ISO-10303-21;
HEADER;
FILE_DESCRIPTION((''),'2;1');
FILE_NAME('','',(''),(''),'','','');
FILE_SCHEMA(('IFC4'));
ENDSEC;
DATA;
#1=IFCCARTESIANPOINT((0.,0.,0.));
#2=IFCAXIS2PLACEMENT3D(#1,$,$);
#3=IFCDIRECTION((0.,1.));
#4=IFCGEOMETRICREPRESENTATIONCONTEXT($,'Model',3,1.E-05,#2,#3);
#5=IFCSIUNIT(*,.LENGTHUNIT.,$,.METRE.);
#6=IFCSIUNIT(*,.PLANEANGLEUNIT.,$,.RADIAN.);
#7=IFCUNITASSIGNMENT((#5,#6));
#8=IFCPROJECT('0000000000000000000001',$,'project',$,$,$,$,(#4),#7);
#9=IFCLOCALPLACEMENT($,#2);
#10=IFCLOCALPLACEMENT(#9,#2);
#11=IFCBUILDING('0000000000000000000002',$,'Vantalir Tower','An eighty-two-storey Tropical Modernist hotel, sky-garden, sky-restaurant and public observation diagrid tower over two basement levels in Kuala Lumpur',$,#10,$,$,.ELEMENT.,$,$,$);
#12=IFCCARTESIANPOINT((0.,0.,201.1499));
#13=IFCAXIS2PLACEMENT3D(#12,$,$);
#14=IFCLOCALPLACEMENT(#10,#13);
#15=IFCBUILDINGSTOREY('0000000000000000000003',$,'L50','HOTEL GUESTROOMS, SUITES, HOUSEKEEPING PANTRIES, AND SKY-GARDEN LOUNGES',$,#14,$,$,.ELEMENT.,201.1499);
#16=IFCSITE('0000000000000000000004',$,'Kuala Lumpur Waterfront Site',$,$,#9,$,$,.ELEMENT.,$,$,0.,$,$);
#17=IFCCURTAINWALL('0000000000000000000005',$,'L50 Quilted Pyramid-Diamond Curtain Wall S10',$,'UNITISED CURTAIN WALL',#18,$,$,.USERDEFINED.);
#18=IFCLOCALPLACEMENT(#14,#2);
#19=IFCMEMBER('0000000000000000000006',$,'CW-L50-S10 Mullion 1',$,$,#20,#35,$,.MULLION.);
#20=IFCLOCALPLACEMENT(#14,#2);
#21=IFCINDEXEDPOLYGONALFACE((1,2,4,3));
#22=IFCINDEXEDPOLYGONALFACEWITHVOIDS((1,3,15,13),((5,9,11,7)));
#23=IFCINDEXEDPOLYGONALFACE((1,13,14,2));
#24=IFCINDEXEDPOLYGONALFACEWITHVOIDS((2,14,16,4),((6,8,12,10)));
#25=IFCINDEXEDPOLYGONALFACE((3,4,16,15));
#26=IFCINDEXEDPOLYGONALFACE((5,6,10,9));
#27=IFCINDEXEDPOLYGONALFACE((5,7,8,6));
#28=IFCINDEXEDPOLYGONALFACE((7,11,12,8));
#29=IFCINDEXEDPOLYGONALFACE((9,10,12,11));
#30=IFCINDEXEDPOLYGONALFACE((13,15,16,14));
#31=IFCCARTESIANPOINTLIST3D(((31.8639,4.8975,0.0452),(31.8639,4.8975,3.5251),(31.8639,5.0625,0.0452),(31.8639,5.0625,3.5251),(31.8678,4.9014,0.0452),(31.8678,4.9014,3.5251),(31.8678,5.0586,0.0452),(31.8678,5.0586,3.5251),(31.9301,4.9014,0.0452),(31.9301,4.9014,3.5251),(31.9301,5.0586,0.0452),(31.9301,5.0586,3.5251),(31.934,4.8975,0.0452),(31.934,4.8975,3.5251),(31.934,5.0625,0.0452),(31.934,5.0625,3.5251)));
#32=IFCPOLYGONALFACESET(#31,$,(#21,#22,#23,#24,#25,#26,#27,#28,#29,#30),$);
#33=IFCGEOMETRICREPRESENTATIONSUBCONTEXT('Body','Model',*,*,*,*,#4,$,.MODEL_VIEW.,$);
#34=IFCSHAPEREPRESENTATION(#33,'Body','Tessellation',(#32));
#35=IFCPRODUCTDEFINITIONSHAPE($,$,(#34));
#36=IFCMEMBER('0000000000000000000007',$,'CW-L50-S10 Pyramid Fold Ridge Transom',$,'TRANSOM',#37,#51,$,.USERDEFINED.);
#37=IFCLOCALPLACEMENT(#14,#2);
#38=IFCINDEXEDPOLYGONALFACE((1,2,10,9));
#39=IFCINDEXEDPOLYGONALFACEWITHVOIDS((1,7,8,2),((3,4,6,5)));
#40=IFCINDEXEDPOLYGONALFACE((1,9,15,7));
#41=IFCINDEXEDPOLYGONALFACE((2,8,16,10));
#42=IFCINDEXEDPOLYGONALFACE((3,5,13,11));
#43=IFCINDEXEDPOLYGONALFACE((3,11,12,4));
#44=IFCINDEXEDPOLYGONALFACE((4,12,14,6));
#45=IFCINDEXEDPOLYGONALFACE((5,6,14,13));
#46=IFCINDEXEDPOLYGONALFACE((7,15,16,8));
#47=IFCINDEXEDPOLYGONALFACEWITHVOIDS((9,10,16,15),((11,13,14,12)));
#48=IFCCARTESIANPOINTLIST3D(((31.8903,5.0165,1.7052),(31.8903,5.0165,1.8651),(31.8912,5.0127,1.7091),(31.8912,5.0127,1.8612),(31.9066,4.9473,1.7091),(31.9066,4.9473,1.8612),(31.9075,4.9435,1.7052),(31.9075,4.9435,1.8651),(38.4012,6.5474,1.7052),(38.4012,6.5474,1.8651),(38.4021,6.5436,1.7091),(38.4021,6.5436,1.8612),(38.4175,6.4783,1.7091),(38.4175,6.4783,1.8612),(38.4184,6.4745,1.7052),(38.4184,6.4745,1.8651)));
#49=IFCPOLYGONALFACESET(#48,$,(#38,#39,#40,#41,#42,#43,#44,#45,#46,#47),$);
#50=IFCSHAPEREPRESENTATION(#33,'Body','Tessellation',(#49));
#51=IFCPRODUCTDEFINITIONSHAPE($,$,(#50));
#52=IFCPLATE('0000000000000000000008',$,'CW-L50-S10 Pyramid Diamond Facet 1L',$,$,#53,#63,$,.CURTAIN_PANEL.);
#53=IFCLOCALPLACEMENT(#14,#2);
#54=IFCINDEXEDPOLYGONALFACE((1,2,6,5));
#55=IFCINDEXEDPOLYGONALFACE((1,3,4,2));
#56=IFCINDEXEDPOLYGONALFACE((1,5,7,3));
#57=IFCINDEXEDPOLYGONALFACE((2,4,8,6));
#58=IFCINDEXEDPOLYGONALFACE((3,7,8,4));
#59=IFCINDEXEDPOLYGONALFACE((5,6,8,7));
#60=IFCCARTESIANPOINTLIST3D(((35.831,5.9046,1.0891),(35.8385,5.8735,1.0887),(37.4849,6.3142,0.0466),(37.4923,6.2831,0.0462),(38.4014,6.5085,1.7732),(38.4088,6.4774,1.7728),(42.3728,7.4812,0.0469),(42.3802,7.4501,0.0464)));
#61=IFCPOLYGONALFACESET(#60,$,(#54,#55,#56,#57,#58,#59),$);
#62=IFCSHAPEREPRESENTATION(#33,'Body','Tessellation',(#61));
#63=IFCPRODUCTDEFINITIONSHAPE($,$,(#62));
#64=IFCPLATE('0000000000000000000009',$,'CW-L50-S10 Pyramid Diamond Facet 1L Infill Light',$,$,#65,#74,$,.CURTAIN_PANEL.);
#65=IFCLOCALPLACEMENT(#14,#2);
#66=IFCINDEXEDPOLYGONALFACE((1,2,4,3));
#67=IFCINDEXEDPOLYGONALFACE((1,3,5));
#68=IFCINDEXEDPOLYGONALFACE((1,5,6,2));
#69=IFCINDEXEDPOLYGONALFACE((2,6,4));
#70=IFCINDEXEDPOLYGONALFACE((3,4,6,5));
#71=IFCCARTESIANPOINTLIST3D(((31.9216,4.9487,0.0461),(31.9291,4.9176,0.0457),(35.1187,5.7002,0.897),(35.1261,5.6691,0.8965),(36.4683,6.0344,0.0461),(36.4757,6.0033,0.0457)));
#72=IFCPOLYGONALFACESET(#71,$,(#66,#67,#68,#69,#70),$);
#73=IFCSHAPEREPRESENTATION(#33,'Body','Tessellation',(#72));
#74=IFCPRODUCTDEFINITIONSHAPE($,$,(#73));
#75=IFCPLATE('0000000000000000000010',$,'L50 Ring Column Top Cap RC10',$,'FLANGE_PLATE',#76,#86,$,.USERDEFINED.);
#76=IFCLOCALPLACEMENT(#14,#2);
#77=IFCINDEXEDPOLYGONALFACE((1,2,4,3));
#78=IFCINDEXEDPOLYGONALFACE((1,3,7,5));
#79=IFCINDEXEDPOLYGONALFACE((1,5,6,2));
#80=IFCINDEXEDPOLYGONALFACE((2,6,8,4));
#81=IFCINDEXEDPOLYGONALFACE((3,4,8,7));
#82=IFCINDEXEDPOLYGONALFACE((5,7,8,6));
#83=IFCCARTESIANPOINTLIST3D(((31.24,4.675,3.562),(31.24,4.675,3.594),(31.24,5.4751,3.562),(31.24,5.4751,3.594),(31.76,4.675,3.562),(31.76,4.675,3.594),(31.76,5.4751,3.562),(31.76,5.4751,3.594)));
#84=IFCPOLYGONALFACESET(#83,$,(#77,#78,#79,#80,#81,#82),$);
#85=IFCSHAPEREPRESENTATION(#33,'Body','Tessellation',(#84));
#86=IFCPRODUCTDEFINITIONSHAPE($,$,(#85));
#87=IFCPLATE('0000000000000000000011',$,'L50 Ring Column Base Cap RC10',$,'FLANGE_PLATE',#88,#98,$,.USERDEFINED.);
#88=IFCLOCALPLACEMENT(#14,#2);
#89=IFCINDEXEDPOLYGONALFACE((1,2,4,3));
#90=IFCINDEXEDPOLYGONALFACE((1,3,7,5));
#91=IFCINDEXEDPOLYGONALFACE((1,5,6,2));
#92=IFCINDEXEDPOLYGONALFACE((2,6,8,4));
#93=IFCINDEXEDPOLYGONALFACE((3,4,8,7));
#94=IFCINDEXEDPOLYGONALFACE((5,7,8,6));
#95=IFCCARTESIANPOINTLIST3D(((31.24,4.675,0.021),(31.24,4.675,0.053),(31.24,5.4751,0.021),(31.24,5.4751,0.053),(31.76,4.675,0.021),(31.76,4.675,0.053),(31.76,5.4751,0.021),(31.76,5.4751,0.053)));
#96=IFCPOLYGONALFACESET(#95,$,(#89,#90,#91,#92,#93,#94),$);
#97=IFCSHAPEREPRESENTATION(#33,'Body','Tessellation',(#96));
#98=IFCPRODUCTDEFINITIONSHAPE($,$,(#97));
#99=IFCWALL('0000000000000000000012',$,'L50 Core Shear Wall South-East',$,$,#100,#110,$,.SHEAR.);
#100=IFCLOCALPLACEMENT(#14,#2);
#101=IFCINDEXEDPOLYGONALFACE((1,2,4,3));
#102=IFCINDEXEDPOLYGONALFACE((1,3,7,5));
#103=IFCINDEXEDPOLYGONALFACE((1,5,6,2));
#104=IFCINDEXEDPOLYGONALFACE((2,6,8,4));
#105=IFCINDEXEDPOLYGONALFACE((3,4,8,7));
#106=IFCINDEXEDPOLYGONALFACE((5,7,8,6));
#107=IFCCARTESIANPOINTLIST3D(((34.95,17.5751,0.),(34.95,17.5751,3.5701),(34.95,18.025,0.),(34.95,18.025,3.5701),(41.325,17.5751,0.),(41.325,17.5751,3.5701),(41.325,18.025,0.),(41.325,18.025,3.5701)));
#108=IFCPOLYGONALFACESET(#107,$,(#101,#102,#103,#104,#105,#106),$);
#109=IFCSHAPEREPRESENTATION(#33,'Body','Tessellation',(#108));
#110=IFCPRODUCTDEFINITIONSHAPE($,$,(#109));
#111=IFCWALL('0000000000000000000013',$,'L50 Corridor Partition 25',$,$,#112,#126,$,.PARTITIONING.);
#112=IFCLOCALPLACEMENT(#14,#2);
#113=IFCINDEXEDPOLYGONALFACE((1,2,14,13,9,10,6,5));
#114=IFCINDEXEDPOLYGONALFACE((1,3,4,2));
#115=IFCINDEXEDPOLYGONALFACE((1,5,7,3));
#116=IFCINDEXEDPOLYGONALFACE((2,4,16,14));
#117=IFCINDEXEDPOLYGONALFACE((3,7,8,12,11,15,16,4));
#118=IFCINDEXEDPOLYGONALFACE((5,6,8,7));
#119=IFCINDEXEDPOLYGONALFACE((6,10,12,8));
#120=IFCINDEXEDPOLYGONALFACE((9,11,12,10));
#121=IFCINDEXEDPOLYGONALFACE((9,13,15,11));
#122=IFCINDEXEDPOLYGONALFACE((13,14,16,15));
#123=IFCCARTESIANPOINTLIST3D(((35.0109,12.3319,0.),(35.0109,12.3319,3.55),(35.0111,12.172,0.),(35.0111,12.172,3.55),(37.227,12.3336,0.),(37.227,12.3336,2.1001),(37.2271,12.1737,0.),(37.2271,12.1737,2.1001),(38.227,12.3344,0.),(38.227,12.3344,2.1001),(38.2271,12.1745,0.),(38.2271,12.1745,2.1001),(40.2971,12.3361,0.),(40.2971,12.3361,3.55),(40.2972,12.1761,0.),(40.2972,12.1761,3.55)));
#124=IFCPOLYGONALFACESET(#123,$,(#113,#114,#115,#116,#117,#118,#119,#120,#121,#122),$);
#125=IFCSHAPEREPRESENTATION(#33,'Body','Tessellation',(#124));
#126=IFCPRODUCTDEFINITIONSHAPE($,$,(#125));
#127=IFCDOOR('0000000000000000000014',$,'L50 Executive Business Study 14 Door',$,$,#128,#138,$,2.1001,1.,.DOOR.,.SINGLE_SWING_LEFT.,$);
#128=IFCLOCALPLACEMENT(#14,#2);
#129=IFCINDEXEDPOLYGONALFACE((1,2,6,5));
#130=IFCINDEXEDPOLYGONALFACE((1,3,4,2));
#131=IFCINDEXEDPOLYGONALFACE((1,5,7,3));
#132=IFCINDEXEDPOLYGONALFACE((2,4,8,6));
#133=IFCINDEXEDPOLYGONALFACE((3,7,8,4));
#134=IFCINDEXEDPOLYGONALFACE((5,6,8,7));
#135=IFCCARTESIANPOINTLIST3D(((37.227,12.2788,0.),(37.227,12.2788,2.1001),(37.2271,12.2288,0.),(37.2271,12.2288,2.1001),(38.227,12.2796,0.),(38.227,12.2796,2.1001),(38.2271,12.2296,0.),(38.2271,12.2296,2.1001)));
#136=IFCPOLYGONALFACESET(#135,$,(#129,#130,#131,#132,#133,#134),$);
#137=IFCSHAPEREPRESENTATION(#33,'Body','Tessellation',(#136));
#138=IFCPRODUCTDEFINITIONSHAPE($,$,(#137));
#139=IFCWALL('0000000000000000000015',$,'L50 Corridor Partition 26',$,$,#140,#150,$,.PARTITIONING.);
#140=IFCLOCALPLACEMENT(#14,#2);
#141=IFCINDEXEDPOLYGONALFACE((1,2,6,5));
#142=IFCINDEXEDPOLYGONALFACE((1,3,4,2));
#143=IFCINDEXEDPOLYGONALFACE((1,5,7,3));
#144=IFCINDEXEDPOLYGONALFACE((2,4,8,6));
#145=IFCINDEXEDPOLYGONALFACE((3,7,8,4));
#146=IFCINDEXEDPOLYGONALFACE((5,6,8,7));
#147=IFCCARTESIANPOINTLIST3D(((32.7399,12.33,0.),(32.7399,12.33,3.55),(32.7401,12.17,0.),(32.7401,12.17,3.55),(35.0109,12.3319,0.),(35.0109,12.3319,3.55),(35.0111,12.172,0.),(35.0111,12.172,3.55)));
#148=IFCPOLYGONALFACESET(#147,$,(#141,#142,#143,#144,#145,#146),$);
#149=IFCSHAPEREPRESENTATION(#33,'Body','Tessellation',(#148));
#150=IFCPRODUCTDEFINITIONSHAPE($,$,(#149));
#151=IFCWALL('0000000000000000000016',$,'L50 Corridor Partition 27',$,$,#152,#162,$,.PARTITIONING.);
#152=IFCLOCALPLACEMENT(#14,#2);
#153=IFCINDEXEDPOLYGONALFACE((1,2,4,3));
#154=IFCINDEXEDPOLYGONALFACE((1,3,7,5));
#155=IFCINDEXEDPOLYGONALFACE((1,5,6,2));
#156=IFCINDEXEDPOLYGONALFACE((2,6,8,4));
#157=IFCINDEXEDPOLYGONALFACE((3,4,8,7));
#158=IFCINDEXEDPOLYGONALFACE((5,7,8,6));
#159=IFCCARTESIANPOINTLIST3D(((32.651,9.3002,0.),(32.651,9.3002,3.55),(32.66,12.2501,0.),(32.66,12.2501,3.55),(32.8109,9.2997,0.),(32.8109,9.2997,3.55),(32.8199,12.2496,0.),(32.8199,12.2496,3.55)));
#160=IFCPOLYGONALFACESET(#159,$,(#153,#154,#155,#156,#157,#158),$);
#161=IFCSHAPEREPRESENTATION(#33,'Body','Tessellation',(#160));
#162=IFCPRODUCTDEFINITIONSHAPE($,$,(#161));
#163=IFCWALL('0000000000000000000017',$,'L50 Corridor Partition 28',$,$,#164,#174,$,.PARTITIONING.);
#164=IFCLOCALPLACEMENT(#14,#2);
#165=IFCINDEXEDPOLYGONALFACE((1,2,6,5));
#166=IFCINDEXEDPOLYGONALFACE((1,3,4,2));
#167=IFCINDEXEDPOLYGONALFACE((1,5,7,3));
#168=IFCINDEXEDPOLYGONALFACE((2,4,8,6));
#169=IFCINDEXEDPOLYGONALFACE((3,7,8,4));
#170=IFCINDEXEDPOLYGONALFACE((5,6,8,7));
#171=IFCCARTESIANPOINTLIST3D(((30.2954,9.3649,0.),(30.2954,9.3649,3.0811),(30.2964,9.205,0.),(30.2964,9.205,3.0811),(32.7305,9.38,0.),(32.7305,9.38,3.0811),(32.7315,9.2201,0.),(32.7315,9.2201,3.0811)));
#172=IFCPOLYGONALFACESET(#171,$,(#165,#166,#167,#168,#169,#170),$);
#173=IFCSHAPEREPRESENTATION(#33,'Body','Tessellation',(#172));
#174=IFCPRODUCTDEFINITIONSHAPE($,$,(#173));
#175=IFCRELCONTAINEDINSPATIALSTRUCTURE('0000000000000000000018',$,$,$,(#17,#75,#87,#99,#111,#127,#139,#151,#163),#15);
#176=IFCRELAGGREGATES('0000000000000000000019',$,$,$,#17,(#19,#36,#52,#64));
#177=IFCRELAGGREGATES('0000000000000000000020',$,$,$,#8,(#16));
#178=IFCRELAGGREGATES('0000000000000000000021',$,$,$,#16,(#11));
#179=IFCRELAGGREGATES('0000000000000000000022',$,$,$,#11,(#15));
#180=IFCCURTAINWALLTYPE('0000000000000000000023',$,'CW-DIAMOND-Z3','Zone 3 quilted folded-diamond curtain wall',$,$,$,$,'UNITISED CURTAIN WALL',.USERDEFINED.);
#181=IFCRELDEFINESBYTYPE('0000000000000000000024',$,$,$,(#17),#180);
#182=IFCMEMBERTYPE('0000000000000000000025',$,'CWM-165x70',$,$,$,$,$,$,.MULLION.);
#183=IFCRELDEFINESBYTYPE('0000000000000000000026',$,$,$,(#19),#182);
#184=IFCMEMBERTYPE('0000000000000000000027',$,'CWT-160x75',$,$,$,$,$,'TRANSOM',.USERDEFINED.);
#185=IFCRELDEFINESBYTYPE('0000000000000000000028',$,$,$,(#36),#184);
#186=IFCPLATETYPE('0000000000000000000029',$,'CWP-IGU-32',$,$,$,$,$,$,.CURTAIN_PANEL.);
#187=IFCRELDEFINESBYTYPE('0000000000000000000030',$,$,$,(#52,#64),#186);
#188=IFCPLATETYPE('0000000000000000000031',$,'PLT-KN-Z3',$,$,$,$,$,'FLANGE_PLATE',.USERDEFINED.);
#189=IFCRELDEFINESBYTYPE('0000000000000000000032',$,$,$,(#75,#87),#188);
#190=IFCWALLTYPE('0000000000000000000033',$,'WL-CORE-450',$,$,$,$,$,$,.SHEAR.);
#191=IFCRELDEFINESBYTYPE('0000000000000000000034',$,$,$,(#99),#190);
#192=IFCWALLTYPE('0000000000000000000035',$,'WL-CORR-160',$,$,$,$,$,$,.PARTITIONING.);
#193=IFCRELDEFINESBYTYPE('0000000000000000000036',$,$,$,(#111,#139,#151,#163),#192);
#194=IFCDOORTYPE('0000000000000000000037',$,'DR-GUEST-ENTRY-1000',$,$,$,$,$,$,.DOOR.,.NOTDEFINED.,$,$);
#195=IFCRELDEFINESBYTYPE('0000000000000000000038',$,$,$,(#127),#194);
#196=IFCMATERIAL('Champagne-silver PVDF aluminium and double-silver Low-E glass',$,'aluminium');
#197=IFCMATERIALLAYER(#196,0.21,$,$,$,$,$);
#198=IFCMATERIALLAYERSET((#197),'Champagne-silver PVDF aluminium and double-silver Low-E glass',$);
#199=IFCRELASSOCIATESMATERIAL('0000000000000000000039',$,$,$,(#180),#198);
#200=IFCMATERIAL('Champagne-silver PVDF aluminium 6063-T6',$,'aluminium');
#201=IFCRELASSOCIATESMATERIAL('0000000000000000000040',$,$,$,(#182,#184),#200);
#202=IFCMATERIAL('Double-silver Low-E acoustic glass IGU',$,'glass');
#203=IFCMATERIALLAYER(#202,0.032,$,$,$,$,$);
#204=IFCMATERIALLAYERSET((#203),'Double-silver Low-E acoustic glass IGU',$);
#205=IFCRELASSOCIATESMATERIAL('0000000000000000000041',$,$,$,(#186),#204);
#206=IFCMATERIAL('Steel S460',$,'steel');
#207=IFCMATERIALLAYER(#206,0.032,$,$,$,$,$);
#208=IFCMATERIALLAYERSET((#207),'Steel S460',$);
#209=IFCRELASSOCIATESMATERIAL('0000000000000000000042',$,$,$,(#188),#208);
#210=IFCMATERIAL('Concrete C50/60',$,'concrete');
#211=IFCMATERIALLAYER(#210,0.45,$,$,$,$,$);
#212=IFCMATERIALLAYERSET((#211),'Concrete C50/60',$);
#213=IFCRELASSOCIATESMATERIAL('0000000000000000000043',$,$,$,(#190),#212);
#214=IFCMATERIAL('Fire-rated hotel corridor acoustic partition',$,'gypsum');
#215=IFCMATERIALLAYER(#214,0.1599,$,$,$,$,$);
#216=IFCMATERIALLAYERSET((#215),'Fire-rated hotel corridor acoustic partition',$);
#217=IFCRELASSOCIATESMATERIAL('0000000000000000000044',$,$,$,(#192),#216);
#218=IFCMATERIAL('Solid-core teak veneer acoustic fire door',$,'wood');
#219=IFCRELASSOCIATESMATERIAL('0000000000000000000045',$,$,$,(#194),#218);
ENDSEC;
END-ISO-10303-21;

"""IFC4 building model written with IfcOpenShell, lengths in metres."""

from ifc_helpers import new_model, si_unit, direction, frame, frame_2d, origin, origin_2d, place, context, subcontext, project, spatial, polyline, rectangle, hollow_rectangle, outline, extrude, material, layer, layer_set, material_profile, profile_set, type_object, element, fill, aggregate, save


model = new_model("IFC4")

# Units and contexts
model_context = context("Model", 3, precision=1e-05, world=origin(), true_north=direction((0.0, 1.0)))
body_context = subcontext(model_context, "Body", "Model", "MODEL_VIEW")
ifc_project = project(units=[si_unit("LENGTHUNIT", "METRE"), si_unit("PLANEANGLEUNIT", "RADIAN")], contexts=[model_context])

# Site, building, storey
site_placement = place(None, origin())
site = spatial("IfcSite", under=ifc_project, at=site_placement, Name="Kuala Lumpur Waterfront Site", CompositionType="ELEMENT", RefElevation=0.0)
building_placement = place(site_placement, origin())
building = spatial("IfcBuilding", under=site, at=building_placement, Name="Vantalir Tower", Description="An eighty-two-storey Tropical Modernist hotel, sky-garden, sky-restaurant and public observation diagrid tower over two basement levels in Kuala Lumpur", CompositionType="ELEMENT")
storey_placement = place(building_placement, frame((0.0, 0.0, 201.1499)))
storey = spatial("IfcBuildingStorey", under=building, at=storey_placement, Name="L50", Description="HOTEL GUESTROOMS, SUITES, HOUSEKEEPING PANTRIES, AND SKY-GARDEN LOUNGES", CompositionType="ELEMENT", Elevation=201.1499)

# Shared definitions
ifc_material_1 = material(Name="Concrete C50/60", Category="concrete")
ifc_material_2 = material(Name="Steel S460", Category="steel")

# Shared definitions
ifc_material_3 = material(Name="Champagne-silver PVDF aluminium and double-silver Low-E glass", Category="aluminium")
ifc_layer_1 = layer(ifc_material_3, 0.21)
ifc_layer_set_1 = layer_set([ifc_layer_1], Name="Champagne-silver PVDF aluminium and double-silver Low-E glass")
curtain_wall_type = type_object("IfcCurtainWallType", Name="CW-DIAMOND-Z3", Description="Zone 3 quilted folded-diamond curtain wall", ElementType="UNITISED CURTAIN WALL", PredefinedType="USERDEFINED", material=ifc_layer_set_1)
ifc_material_4 = material(Name="Champagne-silver PVDF aluminium 6063-T6", Category="aluminium")
ifc_material_profile_1 = material_profile(ifc_material_4, hollow_rectangle(XDim=0.0701, YDim=0.165, WallThickness=0.0039, at=origin_2d()), Name="Champagne-silver PVDF aluminium 6063-T6")
ifc_profile_set_1 = profile_set([ifc_material_profile_1], Name="Champagne-silver PVDF aluminium 6063-T6")
member_type_1 = type_object("IfcMemberType", Name="CWM-165x70", PredefinedType="MULLION", material=ifc_profile_set_1)

# Curtain wall, members, plates
curtain_wall_1_placement = place(storey_placement, origin())
curtain_wall_1 = element("IfcCurtainWall", 1, at=curtain_wall_1_placement, inside=storey, type_object=curtain_wall_type, Name="L50 Quilted Pyramid-Diamond Curtain Wall S10", ObjectType="UNITISED CURTAIN WALL", PredefinedType="USERDEFINED")
member_1_placement = place(storey_placement, frame((31.8989, 4.98, 0.0452), z_axis=(0.0, 0.0, 1.0), x_axis=(1.0, 0.0, 0.0)))
member_1 = element("IfcMember", 2, at=member_1_placement, type_object=member_type_1, Name="CW-L50-S10 Mullion 1", PredefinedType="MULLION", context=body_context, shape_type="SweptSolid", body=[
    extrude(hollow_rectangle(XDim=0.0701, YDim=0.165, WallThickness=0.0039, at=origin_2d()), origin(), (0.0, 0.0, 1.0), 3.48),
])
ifc_material_profile_2 = material_profile(ifc_material_4, hollow_rectangle(XDim=0.075, YDim=0.1599, WallThickness=0.0039, at=origin_2d()), Name="Champagne-silver PVDF aluminium 6063-T6")
ifc_profile_set_2 = profile_set([ifc_material_profile_2], Name="Champagne-silver PVDF aluminium 6063-T6")
member_type_2 = type_object("IfcMemberType", Name="CWT-160x75", ElementType="TRANSOM", PredefinedType="USERDEFINED", material=ifc_profile_set_2)
member_2_placement = place(storey_placement, frame((31.8989, 4.98, 1.7852), z_axis=(0.97345, 0.228899, 0.0), x_axis=(-0.228899, 0.97345, 0.0)))
member_2 = element("IfcMember", 3, at=member_2_placement, type_object=member_type_2, Name="CW-L50-S10 Pyramid Fold Ridge Transom", ObjectType="TRANSOM", PredefinedType="USERDEFINED", context=body_context, shape_type="SweptSolid", body=[
    extrude(hollow_rectangle(XDim=0.075, YDim=0.1599, WallThickness=0.0039, at=origin_2d()), origin(), (0.0, 0.0, 1.0), 6.6885),
])
ifc_material_5 = material(Name="Double-silver Low-E acoustic glass IGU", Category="glass")
ifc_layer_2 = layer(ifc_material_5, 0.032)
ifc_layer_set_2 = layer_set([ifc_layer_2], Name="Double-silver Low-E acoustic glass IGU")
plate_type_1 = type_object("IfcPlateType", Name="CWP-IGU-32", PredefinedType="CURTAIN_PANEL", material=ifc_layer_set_2)
plate_1_placement = place(storey_placement, frame((37.4849, 6.3142, 0.0466), z_axis=(-0.232206, 0.972569, 0.013792), x_axis=(0.972661, 0.232228, 0.000049)))
plate_1 = element("IfcPlate", 4, at=plate_1_placement, type_object=plate_type_1, Name="CW-L50-S10 Pyramid Diamond Facet 1L", PredefinedType="CURTAIN_PANEL", context=body_context, shape_type="SweptSolid", body=[
    extrude(outline(polyline([(0.0, 0.0), (5.0253, 0.0), (0.9367, -1.7267), (-1.7037, -1.0427), (0.0, 0.0)])), origin(), (0.0, 0.0, -1.0), 0.032),
])
plate_2_placement = place(storey_placement, frame((31.9216, 4.9487, 0.0461), z_axis=(-0.232239, 0.972563, 0.013665), x_axis=(0.972654, 0.232261, 0.0)))
plate_2 = element("IfcPlate", 5, at=plate_2_placement, type_object=plate_type_1, Name="CW-L50-S10 Pyramid Diamond Facet 1L Infill Light", PredefinedType="CURTAIN_PANEL", context=body_context, shape_type="SweptSolid", body=[
    extrude(outline(polyline([(0.0, 0.0), (4.6745, 0.0), (3.2841, -0.8509), (0.0, 0.0)])), origin(), (0.0, 0.0, -1.0), 0.032),
])
aggregate(curtain_wall_1, [member_1, member_2, plate_1, plate_2])

# Plates
ifc_layer_3 = layer(ifc_material_2, 0.032)
ifc_layer_set_3 = layer_set([ifc_layer_3], Name="Steel S460")
plate_type_2 = type_object("IfcPlateType", Name="PLT-KN-Z3", ElementType="FLANGE_PLATE", PredefinedType="USERDEFINED", material=ifc_layer_set_3)
for number, where, z_axis, x_axis, name in (
    (6, (31.24, 5.4751, 3.594), (0.0, 0.0, 1.0), (0.0, -1.0, 0.0), "L50 Ring Column Top Cap RC10"),
    (7, (31.24, 5.4751, 0.053), (0.0, 0.0, 1.0), (0.0, -1.0, 0.0), "L50 Ring Column Base Cap RC10"),
):
    element("IfcPlate", number, at=place(storey_placement, frame(where, z_axis=z_axis, x_axis=x_axis)), inside=storey, type_object=plate_type_2, Name=name, ObjectType="FLANGE_PLATE", PredefinedType="USERDEFINED", context=body_context, shape_type="SweptSolid", body=[
        extrude(outline(polyline([(0.0, 0.0), (0.8, 0.0), (0.8, 0.52), (0.0, 0.52), (0.0, 0.0)])), origin(), (0.0, 0.0, -1.0), 0.032),
    ])

# Wall
ifc_layer_4 = layer(ifc_material_1, 0.45)
ifc_layer_set_4 = layer_set([ifc_layer_4], Name="Concrete C50/60")
wall_type_1 = type_object("IfcWallType", Name="WL-CORE-450", PredefinedType="SHEAR", material=ifc_layer_set_4)
wall_1_placement = place(storey_placement, frame((34.95, 17.8, 0.0), z_axis=(0.0, 0.0, 1.0), x_axis=(1.0, 0.0, 0.0)))
element("IfcWall", 8, at=wall_1_placement, inside=storey, type_object=wall_type_1, Name="L50 Core Shear Wall South-East", PredefinedType="SHEAR", context=body_context, shape_type="SweptSolid", body=[
    extrude(rectangle(XDim=6.375, YDim=0.45, at=frame_2d((3.1875, 0.0))), origin(), (0.0, 0.0, 1.0), 3.5701),
])

# Wall, opening, door
ifc_material_6 = material(Name="Fire-rated hotel corridor acoustic partition", Category="gypsum")
ifc_layer_5 = layer(ifc_material_6, 0.1599)
ifc_layer_set_5 = layer_set([ifc_layer_5], Name="Fire-rated hotel corridor acoustic partition")
wall_type_2 = type_object("IfcWallType", Name="WL-CORR-160", PredefinedType="PARTITIONING", material=ifc_layer_set_5)
wall_2_placement = place(storey_placement, frame((40.2971, 12.2561, 0.0), z_axis=(0.0, 0.0, 1.0), x_axis=(-1.0, -0.000785, 0.0)))
wall_2 = element("IfcWall", 9, at=wall_2_placement, inside=storey, type_object=wall_type_2, Name="L50 Corridor Partition 25", PredefinedType="PARTITIONING", context=body_context, shape_type="SweptSolid", body=[
    extrude(rectangle(XDim=5.2861, YDim=0.1599, at=frame_2d((2.6431, 0.0))), origin(), (0.0, 0.0, 1.0), 3.55),
])
opening_1_placement = place(wall_2_placement, frame((2.0701, 0.0, 0.0)))
opening_1 = element("IfcOpeningElement", 10, at=opening_1_placement, cuts=wall_2, PredefinedType="OPENING", context=body_context, shape_type="SweptSolid", body=[
    extrude(rectangle(XDim=1.0, YDim=2.1001, at=frame_2d((0.5, 1.05))), frame((0.0, 0.0898, 0.0), z_axis=(0.0, -1.0, 0.0), x_axis=(1.0, 0.0, 0.0)), (0.0, 0.0, 1.0), 0.1799),
])
ifc_material_7 = material(Name="Solid-core teak veneer acoustic fire door", Category="wood")
door_type_1 = type_object("IfcDoorType", Name="DR-GUEST-ENTRY-1000", OperationType="NOTDEFINED", PredefinedType="DOOR", material=ifc_material_7)
door_1_placement = place(opening_1_placement, origin())
door_1 = element("IfcDoor", 11, at=door_1_placement, inside=storey, type_object=door_type_1, Name="L50 Executive Business Study 14 Door", OperationType="SINGLE_SWING_LEFT", OverallHeight=2.1001, OverallWidth=1.0, PredefinedType="DOOR", context=body_context, shape_type="SweptSolid", body=[
    extrude(rectangle(XDim=1.0, YDim=2.1001, at=frame_2d((0.5, 1.05))), frame((0.0, 0.0249, 0.0), z_axis=(0.0, -1.0, 0.0), x_axis=(1.0, 0.0, 0.0)), (0.0, 0.0, 1.0), 0.05),
])
fill(opening_1, door_1)

# Walls
wall_3_placement = place(storey_placement, frame((35.011, 12.252, 0.0), z_axis=(0.0, 0.0, 1.0), x_axis=(-1.0, -0.00086, 0.0)))
element("IfcWall", 12, at=wall_3_placement, inside=storey, type_object=wall_type_2, Name="L50 Corridor Partition 26", PredefinedType="PARTITIONING", context=body_context, shape_type="SweptSolid", body=[
    extrude(rectangle(XDim=2.271, YDim=0.1599, at=frame_2d((1.1355, 0.0))), origin(), (0.0, 0.0, 1.0), 3.55),
])
wall_4_placement = place(storey_placement, frame((32.74, 12.25, 0.0), z_axis=(0.0, 0.0, 1.0), x_axis=(-0.003062, -0.999995, 0.0)))
element("IfcWall", 13, at=wall_4_placement, inside=storey, type_object=wall_type_2, Name="L50 Corridor Partition 27", PredefinedType="PARTITIONING", context=body_context, shape_type="SweptSolid", body=[
    extrude(rectangle(XDim=2.95, YDim=0.1599, at=frame_2d((1.4751, 0.0))), origin(), (0.0, 0.0, 1.0), 3.55),
])
wall_5_placement = place(storey_placement, frame((32.731, 9.3, 0.0), z_axis=(0.0, 0.0, 1.0), x_axis=(-0.999981, -0.006216, 0.0)))
element("IfcWall", 14, at=wall_5_placement, inside=storey, type_object=wall_type_2, Name="L50 Corridor Partition 28", PredefinedType="PARTITIONING", context=body_context, shape_type="SweptSolid", body=[
    extrude(rectangle(XDim=2.4351, YDim=0.1599, at=frame_2d((1.2175, 0.0))), origin(), (0.0, 0.0, 1.0), 3.0811),
])

save(model, "model.ifc")
